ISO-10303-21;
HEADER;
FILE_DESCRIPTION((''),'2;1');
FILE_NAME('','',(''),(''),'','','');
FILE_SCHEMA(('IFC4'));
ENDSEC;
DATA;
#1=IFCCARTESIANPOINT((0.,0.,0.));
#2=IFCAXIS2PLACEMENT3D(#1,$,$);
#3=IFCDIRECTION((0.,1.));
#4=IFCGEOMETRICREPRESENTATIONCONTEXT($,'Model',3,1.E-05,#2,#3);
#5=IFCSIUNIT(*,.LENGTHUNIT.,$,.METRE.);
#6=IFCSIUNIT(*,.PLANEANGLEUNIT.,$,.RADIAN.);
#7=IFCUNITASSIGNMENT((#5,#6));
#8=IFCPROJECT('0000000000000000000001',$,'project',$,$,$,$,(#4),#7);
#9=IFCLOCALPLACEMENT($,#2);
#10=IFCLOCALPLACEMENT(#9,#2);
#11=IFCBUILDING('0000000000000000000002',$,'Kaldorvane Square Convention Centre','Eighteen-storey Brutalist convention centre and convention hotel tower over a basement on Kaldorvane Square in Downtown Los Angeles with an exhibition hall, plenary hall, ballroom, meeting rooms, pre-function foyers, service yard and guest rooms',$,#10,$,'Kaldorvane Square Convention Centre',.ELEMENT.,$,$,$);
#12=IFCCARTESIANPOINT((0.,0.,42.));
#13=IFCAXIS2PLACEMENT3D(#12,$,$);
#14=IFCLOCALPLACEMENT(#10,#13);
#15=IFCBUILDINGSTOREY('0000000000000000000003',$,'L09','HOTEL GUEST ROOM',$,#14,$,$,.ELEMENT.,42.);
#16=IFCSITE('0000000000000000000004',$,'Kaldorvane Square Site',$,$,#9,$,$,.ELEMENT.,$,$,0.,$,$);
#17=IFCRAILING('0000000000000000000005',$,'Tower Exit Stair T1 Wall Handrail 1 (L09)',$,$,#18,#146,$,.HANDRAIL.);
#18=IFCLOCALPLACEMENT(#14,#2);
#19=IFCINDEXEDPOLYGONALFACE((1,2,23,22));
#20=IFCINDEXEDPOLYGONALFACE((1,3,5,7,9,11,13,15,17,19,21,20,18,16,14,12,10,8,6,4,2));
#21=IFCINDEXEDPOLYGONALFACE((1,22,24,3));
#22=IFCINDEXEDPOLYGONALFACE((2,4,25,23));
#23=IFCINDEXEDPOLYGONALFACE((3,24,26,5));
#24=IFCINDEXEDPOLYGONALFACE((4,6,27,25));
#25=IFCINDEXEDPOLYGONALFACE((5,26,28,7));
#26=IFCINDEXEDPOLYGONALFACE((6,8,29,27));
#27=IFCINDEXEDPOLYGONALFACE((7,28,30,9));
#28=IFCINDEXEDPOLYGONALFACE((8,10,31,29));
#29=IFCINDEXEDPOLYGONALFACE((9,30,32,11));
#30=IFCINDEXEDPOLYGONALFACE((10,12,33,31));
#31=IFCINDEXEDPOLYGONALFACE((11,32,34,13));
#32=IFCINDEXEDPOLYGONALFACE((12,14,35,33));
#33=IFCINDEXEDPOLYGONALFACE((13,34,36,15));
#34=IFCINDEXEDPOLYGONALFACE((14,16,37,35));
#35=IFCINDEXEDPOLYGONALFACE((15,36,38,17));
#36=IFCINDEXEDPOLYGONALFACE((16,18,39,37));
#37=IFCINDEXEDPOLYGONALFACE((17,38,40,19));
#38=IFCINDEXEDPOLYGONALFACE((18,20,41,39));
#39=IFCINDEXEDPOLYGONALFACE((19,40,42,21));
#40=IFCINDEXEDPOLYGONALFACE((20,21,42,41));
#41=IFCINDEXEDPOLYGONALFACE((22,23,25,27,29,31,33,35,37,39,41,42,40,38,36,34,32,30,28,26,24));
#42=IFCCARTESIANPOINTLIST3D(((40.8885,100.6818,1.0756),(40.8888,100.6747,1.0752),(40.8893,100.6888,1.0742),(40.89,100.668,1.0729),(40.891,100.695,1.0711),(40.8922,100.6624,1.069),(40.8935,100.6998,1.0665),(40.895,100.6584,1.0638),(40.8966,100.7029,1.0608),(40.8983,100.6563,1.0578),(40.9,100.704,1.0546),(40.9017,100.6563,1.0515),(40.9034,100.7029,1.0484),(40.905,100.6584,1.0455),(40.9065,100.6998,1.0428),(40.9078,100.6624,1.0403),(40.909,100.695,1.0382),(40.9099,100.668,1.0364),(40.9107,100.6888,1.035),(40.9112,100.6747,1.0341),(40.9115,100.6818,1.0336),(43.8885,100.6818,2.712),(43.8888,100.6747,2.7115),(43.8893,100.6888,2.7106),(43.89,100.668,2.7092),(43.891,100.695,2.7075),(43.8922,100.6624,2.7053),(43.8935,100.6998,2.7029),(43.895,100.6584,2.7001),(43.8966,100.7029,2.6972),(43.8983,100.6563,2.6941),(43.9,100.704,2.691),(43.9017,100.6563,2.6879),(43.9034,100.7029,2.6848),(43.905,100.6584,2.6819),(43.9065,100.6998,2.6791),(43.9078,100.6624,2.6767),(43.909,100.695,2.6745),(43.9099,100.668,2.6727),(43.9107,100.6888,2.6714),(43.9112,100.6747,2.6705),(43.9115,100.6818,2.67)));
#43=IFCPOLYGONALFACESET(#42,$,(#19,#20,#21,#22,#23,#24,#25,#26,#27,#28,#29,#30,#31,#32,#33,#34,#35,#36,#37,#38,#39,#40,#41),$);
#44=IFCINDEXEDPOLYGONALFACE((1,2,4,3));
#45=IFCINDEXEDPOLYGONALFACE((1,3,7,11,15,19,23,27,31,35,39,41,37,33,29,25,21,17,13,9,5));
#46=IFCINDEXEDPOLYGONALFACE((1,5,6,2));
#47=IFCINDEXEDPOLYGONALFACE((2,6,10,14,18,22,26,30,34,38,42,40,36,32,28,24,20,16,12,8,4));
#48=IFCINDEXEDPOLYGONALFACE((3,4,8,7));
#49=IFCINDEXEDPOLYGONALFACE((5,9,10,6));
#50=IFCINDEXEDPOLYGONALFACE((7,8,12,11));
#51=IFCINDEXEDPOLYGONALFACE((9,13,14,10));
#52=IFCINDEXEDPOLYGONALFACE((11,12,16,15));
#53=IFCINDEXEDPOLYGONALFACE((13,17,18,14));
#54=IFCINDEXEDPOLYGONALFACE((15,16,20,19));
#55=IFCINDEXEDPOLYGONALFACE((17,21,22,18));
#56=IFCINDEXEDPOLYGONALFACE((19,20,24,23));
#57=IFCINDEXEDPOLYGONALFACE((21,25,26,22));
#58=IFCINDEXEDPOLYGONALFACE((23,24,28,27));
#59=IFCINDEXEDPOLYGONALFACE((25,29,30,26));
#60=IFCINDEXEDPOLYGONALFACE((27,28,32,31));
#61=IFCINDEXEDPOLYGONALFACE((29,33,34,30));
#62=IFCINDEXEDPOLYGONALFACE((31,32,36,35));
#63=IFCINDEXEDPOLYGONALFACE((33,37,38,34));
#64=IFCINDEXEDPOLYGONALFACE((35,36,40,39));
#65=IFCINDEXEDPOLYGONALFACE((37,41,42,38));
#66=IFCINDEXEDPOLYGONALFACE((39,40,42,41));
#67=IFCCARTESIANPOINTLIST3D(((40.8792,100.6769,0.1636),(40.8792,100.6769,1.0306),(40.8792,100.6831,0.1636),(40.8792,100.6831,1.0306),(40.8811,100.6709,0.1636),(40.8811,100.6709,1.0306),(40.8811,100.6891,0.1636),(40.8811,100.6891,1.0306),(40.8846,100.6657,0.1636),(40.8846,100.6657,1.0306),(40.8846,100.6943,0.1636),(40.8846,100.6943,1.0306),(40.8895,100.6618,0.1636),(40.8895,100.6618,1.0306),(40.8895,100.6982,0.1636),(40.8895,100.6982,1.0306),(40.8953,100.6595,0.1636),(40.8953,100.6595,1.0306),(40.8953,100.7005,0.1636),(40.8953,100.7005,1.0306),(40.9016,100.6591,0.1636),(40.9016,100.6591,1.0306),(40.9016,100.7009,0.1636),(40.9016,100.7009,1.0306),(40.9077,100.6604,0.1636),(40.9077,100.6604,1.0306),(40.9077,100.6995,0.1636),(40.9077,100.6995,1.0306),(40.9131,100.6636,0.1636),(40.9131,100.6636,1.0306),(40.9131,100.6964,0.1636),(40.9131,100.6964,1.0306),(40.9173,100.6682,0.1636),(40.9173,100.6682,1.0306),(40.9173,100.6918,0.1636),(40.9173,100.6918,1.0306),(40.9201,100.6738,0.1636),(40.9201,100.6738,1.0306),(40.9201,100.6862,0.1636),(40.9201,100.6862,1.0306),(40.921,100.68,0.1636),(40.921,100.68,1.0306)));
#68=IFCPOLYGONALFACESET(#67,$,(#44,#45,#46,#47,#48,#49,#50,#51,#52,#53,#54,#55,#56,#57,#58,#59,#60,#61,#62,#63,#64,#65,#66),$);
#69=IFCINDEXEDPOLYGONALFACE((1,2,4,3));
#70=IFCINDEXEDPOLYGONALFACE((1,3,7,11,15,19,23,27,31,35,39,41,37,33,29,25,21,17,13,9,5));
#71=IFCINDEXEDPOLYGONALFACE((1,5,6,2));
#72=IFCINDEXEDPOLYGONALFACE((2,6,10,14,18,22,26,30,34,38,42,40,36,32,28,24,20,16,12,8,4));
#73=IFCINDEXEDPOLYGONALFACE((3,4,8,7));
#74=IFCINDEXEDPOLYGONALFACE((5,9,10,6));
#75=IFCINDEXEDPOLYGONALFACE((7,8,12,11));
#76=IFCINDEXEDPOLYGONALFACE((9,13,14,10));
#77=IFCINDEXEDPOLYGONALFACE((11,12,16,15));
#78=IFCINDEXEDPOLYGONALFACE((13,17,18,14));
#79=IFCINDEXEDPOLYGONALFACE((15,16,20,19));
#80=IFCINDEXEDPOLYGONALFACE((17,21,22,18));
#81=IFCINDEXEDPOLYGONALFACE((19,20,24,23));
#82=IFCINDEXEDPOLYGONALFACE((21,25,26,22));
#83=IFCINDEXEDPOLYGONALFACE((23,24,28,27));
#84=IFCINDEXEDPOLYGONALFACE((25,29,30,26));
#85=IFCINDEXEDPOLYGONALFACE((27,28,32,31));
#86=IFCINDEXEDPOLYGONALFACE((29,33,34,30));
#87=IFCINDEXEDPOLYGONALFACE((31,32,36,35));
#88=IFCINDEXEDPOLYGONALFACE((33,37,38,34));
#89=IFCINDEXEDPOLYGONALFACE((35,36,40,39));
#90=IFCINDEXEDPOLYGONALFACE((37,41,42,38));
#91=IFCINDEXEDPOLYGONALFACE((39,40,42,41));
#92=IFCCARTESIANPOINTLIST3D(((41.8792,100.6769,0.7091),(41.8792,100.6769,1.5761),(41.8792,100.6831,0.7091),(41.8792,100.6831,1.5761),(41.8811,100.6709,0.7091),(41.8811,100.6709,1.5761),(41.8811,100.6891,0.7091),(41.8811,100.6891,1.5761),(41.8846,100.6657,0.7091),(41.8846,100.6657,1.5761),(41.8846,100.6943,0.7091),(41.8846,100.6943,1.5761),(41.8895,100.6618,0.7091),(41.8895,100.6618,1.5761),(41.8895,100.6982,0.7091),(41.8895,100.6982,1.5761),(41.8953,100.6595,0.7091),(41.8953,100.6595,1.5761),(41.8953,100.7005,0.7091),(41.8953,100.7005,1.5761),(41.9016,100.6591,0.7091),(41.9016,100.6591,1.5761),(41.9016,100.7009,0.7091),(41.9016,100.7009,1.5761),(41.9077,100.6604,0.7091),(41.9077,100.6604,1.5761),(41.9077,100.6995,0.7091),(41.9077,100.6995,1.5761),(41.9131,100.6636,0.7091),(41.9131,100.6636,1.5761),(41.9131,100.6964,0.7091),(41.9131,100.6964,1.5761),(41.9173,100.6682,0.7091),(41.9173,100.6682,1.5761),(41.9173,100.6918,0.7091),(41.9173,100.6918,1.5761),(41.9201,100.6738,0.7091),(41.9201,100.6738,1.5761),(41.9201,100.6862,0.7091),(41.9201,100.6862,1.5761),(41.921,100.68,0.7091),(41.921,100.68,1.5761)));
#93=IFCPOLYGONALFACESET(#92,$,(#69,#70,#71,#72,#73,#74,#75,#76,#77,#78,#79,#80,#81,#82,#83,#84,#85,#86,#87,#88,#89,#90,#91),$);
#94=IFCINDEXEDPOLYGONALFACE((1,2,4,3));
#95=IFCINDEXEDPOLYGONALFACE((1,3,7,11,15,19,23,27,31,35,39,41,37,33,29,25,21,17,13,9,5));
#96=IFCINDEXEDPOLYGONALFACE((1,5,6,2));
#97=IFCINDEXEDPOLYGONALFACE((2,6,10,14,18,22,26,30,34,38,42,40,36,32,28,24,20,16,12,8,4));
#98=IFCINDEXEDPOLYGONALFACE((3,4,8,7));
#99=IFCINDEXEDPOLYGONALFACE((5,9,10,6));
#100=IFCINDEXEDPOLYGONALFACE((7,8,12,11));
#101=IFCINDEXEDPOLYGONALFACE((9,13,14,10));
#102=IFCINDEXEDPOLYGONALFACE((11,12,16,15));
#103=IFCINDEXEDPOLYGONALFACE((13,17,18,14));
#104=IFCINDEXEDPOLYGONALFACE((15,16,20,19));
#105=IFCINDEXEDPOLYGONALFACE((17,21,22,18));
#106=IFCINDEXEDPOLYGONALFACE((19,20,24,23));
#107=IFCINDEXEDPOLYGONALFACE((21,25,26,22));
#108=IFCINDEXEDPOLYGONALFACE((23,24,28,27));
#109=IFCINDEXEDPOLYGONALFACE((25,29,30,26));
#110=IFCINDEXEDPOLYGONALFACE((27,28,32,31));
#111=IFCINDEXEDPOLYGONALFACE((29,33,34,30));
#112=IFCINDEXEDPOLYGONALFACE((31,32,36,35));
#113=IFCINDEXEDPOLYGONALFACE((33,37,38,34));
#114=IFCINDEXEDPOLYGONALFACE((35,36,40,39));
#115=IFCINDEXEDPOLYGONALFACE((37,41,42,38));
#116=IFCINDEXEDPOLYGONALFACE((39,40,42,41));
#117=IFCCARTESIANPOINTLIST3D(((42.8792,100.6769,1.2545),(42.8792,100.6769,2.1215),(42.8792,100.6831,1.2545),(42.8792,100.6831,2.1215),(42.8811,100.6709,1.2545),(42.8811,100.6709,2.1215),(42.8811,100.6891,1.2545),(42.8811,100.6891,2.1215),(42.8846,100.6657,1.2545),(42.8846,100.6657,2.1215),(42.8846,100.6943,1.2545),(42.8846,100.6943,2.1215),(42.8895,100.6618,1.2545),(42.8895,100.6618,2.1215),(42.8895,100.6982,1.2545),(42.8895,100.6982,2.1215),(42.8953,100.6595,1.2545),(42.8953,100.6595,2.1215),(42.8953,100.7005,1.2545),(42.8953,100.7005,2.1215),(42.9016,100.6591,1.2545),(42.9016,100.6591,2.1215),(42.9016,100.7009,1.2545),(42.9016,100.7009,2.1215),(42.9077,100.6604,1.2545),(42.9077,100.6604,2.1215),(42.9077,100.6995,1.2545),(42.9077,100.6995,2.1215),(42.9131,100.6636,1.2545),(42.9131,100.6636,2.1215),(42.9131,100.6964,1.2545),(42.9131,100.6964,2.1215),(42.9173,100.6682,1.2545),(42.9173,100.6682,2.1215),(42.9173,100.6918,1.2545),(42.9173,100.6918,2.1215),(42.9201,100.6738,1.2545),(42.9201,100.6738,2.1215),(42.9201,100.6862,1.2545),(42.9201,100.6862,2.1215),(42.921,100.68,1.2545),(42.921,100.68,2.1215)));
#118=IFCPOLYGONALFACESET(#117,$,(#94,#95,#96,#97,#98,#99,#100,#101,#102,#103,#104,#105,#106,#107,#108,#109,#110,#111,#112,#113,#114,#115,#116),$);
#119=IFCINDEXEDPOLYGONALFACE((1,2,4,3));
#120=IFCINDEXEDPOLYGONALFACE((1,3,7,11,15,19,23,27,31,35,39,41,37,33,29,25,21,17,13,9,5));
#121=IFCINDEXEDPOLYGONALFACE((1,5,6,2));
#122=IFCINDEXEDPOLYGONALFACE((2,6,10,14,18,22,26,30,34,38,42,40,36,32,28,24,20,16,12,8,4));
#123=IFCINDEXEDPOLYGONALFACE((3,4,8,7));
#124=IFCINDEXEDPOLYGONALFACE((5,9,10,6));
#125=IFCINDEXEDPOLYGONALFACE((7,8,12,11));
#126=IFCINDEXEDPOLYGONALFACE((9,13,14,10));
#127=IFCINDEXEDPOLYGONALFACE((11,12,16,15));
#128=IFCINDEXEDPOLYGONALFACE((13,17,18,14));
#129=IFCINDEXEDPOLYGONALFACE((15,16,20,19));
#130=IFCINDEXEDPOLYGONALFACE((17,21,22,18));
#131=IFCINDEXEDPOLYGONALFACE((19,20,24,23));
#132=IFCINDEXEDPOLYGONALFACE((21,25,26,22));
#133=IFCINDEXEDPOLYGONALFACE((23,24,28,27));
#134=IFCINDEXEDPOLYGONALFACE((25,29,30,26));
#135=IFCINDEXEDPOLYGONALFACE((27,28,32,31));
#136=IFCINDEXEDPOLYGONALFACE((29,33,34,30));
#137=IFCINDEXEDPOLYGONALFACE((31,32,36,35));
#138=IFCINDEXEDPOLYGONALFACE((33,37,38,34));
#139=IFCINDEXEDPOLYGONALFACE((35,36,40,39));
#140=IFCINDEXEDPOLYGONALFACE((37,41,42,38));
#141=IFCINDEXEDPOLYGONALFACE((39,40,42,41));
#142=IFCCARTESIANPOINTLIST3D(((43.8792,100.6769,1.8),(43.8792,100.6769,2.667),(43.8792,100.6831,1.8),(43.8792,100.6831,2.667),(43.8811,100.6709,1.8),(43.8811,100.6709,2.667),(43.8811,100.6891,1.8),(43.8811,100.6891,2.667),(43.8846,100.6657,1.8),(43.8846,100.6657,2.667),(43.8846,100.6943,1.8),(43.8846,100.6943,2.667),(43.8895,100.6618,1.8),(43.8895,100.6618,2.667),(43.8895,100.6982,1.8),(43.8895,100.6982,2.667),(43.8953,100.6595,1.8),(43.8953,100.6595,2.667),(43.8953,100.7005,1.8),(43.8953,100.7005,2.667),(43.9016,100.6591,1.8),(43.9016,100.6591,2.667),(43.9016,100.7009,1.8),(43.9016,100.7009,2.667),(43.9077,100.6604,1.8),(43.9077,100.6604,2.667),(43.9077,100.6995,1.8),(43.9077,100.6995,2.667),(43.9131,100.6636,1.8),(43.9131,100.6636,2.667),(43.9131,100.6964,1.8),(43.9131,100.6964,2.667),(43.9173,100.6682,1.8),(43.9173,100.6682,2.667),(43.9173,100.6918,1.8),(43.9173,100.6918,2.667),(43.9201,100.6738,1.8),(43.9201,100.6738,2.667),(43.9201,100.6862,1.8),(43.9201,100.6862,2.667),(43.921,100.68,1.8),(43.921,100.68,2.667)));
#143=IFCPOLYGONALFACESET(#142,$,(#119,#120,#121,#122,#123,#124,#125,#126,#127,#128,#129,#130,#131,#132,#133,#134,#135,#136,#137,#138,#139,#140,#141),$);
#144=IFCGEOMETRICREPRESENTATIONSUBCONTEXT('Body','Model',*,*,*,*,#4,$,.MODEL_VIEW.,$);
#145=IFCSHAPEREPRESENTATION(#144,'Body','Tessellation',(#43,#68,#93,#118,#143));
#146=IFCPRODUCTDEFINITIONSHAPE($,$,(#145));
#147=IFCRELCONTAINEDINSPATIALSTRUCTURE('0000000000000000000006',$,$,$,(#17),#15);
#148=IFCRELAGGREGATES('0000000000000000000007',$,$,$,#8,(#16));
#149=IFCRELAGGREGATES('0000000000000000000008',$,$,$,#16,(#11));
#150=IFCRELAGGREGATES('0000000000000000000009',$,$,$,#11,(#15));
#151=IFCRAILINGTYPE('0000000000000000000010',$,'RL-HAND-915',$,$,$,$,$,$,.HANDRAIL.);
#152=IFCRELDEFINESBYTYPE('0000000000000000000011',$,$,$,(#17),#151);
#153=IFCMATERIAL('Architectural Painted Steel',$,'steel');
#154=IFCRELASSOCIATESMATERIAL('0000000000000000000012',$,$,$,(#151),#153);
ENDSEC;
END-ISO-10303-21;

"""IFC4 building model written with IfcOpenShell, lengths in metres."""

from ifc_helpers import new_model, si_unit, direction, frame, origin, origin_2d, place, context, subcontext, project, spatial, circle, extrude, material, type_object, element, save


model = new_model("IFC4")

# Units and contexts
model_context = context("Model", 3, precision=1e-05, world=origin(), true_north=direction((0.0, 1.0)))
body_context = subcontext(model_context, "Body", "Model", "MODEL_VIEW")
ifc_project = project(units=[si_unit("LENGTHUNIT", "METRE"), si_unit("PLANEANGLEUNIT", "RADIAN")], contexts=[model_context])

# Site, building, storey
site_placement = place(None, origin())
site = spatial("IfcSite", under=ifc_project, at=site_placement, Name="Kaldorvane Square Site", CompositionType="ELEMENT", RefElevation=0.0)
building_placement = place(site_placement, origin())
building = spatial("IfcBuilding", under=site, at=building_placement, Name="Kaldorvane Square Convention Centre", Description="Eighteen-storey Brutalist convention centre and convention hotel tower over a basement on Kaldorvane Square in Downtown Los Angeles with an exhibition hall, plenary hall, ballroom, meeting rooms, pre-function foyers, service yard and guest rooms", LongName="Kaldorvane Square Convention Centre", CompositionType="ELEMENT")
storey_placement = place(building_placement, frame((0.0, 0.0, 42.0)))
storey = spatial("IfcBuildingStorey", under=building, at=storey_placement, Name="L09", Description="HOTEL GUEST ROOM", CompositionType="ELEMENT", Elevation=42.0)

# Railing
ifc_material_1 = material(Name="Architectural Painted Steel", Category="steel")
railing_type_1 = type_object("IfcRailingType", Name="RL-HAND-915", PredefinedType="HANDRAIL", material=ifc_material_1)
for number, where, name in (
    (1, (40.9, 100.68, 0.1636), "Tower Exit Stair T1 Wall Handrail 1 (L09)"),
):
    element("IfcRailing", number, at=place(storey_placement, frame(where)), inside=storey, type_object=railing_type_1, Name=name, PredefinedType="HANDRAIL", context=body_context, shape_type="SweptSolid", body=[
        extrude(circle(Radius=0.024, at=origin_2d()), frame((0.0, 0.0, 0.891), z_axis=(0.877895, 0.0, 0.478853), x_axis=(0.0, 1.0, 0.0)), (0.0, 0.0, 1.0), 3.4173),
        extrude(circle(Radius=0.021, at=origin_2d()), origin(), (0.0, 0.0, 1.0), 0.867),
        extrude(circle(Radius=0.021, at=origin_2d()), frame((1.0, 0.0, 0.5455)), (0.0, 0.0, 1.0), 0.867),
        extrude(circle(Radius=0.021, at=origin_2d()), frame((2.0, 0.0, 1.0909)), (0.0, 0.0, 1.0), 0.867),
        extrude(circle(Radius=0.021, at=origin_2d()), frame((3.0, 0.0, 1.6364)), (0.0, 0.0, 1.0), 0.867),
    ])

save(model, "model.ifc")
